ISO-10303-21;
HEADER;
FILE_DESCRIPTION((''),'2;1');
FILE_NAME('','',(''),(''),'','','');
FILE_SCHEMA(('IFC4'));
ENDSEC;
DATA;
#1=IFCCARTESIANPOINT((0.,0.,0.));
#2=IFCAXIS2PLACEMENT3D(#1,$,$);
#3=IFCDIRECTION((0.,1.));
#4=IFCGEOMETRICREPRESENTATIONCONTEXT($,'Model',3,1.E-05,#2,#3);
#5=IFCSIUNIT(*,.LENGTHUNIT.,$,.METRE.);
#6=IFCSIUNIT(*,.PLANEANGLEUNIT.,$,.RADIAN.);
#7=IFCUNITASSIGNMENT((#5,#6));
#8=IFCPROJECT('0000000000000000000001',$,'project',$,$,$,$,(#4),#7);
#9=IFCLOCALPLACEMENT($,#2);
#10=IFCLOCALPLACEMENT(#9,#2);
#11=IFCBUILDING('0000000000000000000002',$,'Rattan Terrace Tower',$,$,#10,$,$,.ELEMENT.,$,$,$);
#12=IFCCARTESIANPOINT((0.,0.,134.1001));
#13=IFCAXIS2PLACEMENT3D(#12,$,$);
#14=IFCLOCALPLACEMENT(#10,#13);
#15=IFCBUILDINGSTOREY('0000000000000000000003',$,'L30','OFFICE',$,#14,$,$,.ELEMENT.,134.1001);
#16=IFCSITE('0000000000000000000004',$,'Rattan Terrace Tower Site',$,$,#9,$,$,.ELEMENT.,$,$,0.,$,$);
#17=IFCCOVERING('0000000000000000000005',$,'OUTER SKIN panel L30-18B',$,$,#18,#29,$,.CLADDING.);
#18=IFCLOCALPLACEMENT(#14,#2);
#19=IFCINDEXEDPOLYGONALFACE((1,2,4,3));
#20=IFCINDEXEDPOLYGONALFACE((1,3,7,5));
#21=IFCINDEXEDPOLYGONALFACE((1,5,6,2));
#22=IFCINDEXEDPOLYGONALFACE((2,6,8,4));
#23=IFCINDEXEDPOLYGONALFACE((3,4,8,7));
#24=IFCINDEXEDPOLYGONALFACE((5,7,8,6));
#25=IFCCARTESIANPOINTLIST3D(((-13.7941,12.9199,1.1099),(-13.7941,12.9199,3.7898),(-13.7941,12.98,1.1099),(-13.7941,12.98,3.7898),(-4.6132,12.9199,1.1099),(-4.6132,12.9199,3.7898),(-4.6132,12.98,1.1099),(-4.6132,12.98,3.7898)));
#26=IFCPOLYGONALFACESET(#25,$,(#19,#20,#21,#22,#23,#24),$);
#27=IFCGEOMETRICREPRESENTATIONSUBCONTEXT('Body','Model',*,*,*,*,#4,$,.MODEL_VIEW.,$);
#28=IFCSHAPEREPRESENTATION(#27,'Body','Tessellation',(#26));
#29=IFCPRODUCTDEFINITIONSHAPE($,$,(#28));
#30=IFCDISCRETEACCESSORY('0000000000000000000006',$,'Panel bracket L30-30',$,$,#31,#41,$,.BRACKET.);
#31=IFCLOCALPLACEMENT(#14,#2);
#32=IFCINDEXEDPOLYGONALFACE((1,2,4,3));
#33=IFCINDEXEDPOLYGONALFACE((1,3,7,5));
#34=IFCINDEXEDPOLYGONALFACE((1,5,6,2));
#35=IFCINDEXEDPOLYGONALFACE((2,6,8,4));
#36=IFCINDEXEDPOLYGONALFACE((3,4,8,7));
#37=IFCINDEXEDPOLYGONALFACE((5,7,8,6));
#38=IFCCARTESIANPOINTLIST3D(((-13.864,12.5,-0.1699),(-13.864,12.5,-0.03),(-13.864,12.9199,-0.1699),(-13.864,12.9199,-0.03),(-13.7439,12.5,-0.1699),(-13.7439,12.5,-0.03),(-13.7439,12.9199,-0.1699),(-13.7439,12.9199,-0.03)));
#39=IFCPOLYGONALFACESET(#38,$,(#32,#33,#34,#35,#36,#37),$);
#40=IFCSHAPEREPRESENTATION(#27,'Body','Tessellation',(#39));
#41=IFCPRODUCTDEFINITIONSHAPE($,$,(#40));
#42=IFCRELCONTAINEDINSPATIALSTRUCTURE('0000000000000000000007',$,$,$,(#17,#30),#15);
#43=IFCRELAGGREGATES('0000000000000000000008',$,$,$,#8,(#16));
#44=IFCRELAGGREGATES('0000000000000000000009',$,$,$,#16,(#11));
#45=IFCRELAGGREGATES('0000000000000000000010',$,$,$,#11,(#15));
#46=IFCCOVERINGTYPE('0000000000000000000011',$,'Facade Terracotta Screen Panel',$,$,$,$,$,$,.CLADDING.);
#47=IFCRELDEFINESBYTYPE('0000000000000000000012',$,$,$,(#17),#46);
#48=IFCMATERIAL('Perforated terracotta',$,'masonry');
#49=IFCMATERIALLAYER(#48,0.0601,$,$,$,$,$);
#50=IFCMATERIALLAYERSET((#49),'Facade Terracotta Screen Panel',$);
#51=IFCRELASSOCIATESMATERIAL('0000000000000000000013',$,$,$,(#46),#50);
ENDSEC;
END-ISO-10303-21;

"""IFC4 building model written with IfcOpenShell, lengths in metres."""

from ifc_helpers import new_model, si_unit, direction, frame, origin, origin_2d, place, context, subcontext, project, spatial, rectangle, extrude, material, layer, layer_set, type_object, element, save


model = new_model("IFC4")

# Units and contexts
model_context = context("Model", 3, precision=1e-05, world=origin(), true_north=direction((0.0, 1.0)))
body_context = subcontext(model_context, "Body", "Model", "MODEL_VIEW")
ifc_project = project(units=[si_unit("LENGTHUNIT", "METRE"), si_unit("PLANEANGLEUNIT", "RADIAN")], contexts=[model_context])

# Site, building, storey
site_placement = place(None, origin())
site = spatial("IfcSite", under=ifc_project, at=site_placement, Name="Rattan Terrace Tower Site", CompositionType="ELEMENT", RefElevation=0.0)
building_placement = place(site_placement, origin())
building = spatial("IfcBuilding", under=site, at=building_placement, Name="Rattan Terrace Tower", CompositionType="ELEMENT")
storey_placement = place(building_placement, frame((0.0, 0.0, 134.1001)))
storey = spatial("IfcBuildingStorey", under=building, at=storey_placement, Name="L30", Description="OFFICE", CompositionType="ELEMENT", Elevation=134.1001)

# Covering
ifc_material_1 = material(Name="Perforated terracotta", Category="masonry")
ifc_layer_1 = layer(ifc_material_1, 0.0601)
ifc_layer_set_1 = layer_set([ifc_layer_1], Name="Facade Terracotta Screen Panel")
covering_type_1 = type_object("IfcCoveringType", Name="Facade Terracotta Screen Panel", PredefinedType="CLADDING", material=ifc_layer_set_1)
covering_1_placement = place(storey_placement, frame((-9.2036, 12.95, 1.1099), z_axis=(0.0, 0.0, 1.0), x_axis=(-1.0, 0.0, 0.0)))
element("IfcCovering", 1, at=covering_1_placement, inside=storey, type_object=covering_type_1, Name="OUTER SKIN panel L30-18B", PredefinedType="CLADDING", context=body_context, shape_type="SweptSolid", body=[
    extrude(rectangle(XDim=9.1809, YDim=0.0601, at=origin_2d()), origin(), (0.0, 0.0, 1.0), 2.6799),
])

# Discrete accessory
discrete_accessory_placement = place(storey_placement, frame((-13.804, 12.71, -0.1699), z_axis=(0.0, 0.0, 1.0), x_axis=(-1.0, 0.0, 0.0)))
element("IfcDiscreteAccessory", 2, at=discrete_accessory_placement, inside=storey, Name="Panel bracket L30-30", PredefinedType="BRACKET", context=body_context, shape_type="SweptSolid", body=[
    extrude(rectangle(XDim=0.1201, YDim=0.4199, at=origin_2d()), origin(), (0.0, 0.0, 1.0), 0.1399),
])

save(model, "model.ifc")
